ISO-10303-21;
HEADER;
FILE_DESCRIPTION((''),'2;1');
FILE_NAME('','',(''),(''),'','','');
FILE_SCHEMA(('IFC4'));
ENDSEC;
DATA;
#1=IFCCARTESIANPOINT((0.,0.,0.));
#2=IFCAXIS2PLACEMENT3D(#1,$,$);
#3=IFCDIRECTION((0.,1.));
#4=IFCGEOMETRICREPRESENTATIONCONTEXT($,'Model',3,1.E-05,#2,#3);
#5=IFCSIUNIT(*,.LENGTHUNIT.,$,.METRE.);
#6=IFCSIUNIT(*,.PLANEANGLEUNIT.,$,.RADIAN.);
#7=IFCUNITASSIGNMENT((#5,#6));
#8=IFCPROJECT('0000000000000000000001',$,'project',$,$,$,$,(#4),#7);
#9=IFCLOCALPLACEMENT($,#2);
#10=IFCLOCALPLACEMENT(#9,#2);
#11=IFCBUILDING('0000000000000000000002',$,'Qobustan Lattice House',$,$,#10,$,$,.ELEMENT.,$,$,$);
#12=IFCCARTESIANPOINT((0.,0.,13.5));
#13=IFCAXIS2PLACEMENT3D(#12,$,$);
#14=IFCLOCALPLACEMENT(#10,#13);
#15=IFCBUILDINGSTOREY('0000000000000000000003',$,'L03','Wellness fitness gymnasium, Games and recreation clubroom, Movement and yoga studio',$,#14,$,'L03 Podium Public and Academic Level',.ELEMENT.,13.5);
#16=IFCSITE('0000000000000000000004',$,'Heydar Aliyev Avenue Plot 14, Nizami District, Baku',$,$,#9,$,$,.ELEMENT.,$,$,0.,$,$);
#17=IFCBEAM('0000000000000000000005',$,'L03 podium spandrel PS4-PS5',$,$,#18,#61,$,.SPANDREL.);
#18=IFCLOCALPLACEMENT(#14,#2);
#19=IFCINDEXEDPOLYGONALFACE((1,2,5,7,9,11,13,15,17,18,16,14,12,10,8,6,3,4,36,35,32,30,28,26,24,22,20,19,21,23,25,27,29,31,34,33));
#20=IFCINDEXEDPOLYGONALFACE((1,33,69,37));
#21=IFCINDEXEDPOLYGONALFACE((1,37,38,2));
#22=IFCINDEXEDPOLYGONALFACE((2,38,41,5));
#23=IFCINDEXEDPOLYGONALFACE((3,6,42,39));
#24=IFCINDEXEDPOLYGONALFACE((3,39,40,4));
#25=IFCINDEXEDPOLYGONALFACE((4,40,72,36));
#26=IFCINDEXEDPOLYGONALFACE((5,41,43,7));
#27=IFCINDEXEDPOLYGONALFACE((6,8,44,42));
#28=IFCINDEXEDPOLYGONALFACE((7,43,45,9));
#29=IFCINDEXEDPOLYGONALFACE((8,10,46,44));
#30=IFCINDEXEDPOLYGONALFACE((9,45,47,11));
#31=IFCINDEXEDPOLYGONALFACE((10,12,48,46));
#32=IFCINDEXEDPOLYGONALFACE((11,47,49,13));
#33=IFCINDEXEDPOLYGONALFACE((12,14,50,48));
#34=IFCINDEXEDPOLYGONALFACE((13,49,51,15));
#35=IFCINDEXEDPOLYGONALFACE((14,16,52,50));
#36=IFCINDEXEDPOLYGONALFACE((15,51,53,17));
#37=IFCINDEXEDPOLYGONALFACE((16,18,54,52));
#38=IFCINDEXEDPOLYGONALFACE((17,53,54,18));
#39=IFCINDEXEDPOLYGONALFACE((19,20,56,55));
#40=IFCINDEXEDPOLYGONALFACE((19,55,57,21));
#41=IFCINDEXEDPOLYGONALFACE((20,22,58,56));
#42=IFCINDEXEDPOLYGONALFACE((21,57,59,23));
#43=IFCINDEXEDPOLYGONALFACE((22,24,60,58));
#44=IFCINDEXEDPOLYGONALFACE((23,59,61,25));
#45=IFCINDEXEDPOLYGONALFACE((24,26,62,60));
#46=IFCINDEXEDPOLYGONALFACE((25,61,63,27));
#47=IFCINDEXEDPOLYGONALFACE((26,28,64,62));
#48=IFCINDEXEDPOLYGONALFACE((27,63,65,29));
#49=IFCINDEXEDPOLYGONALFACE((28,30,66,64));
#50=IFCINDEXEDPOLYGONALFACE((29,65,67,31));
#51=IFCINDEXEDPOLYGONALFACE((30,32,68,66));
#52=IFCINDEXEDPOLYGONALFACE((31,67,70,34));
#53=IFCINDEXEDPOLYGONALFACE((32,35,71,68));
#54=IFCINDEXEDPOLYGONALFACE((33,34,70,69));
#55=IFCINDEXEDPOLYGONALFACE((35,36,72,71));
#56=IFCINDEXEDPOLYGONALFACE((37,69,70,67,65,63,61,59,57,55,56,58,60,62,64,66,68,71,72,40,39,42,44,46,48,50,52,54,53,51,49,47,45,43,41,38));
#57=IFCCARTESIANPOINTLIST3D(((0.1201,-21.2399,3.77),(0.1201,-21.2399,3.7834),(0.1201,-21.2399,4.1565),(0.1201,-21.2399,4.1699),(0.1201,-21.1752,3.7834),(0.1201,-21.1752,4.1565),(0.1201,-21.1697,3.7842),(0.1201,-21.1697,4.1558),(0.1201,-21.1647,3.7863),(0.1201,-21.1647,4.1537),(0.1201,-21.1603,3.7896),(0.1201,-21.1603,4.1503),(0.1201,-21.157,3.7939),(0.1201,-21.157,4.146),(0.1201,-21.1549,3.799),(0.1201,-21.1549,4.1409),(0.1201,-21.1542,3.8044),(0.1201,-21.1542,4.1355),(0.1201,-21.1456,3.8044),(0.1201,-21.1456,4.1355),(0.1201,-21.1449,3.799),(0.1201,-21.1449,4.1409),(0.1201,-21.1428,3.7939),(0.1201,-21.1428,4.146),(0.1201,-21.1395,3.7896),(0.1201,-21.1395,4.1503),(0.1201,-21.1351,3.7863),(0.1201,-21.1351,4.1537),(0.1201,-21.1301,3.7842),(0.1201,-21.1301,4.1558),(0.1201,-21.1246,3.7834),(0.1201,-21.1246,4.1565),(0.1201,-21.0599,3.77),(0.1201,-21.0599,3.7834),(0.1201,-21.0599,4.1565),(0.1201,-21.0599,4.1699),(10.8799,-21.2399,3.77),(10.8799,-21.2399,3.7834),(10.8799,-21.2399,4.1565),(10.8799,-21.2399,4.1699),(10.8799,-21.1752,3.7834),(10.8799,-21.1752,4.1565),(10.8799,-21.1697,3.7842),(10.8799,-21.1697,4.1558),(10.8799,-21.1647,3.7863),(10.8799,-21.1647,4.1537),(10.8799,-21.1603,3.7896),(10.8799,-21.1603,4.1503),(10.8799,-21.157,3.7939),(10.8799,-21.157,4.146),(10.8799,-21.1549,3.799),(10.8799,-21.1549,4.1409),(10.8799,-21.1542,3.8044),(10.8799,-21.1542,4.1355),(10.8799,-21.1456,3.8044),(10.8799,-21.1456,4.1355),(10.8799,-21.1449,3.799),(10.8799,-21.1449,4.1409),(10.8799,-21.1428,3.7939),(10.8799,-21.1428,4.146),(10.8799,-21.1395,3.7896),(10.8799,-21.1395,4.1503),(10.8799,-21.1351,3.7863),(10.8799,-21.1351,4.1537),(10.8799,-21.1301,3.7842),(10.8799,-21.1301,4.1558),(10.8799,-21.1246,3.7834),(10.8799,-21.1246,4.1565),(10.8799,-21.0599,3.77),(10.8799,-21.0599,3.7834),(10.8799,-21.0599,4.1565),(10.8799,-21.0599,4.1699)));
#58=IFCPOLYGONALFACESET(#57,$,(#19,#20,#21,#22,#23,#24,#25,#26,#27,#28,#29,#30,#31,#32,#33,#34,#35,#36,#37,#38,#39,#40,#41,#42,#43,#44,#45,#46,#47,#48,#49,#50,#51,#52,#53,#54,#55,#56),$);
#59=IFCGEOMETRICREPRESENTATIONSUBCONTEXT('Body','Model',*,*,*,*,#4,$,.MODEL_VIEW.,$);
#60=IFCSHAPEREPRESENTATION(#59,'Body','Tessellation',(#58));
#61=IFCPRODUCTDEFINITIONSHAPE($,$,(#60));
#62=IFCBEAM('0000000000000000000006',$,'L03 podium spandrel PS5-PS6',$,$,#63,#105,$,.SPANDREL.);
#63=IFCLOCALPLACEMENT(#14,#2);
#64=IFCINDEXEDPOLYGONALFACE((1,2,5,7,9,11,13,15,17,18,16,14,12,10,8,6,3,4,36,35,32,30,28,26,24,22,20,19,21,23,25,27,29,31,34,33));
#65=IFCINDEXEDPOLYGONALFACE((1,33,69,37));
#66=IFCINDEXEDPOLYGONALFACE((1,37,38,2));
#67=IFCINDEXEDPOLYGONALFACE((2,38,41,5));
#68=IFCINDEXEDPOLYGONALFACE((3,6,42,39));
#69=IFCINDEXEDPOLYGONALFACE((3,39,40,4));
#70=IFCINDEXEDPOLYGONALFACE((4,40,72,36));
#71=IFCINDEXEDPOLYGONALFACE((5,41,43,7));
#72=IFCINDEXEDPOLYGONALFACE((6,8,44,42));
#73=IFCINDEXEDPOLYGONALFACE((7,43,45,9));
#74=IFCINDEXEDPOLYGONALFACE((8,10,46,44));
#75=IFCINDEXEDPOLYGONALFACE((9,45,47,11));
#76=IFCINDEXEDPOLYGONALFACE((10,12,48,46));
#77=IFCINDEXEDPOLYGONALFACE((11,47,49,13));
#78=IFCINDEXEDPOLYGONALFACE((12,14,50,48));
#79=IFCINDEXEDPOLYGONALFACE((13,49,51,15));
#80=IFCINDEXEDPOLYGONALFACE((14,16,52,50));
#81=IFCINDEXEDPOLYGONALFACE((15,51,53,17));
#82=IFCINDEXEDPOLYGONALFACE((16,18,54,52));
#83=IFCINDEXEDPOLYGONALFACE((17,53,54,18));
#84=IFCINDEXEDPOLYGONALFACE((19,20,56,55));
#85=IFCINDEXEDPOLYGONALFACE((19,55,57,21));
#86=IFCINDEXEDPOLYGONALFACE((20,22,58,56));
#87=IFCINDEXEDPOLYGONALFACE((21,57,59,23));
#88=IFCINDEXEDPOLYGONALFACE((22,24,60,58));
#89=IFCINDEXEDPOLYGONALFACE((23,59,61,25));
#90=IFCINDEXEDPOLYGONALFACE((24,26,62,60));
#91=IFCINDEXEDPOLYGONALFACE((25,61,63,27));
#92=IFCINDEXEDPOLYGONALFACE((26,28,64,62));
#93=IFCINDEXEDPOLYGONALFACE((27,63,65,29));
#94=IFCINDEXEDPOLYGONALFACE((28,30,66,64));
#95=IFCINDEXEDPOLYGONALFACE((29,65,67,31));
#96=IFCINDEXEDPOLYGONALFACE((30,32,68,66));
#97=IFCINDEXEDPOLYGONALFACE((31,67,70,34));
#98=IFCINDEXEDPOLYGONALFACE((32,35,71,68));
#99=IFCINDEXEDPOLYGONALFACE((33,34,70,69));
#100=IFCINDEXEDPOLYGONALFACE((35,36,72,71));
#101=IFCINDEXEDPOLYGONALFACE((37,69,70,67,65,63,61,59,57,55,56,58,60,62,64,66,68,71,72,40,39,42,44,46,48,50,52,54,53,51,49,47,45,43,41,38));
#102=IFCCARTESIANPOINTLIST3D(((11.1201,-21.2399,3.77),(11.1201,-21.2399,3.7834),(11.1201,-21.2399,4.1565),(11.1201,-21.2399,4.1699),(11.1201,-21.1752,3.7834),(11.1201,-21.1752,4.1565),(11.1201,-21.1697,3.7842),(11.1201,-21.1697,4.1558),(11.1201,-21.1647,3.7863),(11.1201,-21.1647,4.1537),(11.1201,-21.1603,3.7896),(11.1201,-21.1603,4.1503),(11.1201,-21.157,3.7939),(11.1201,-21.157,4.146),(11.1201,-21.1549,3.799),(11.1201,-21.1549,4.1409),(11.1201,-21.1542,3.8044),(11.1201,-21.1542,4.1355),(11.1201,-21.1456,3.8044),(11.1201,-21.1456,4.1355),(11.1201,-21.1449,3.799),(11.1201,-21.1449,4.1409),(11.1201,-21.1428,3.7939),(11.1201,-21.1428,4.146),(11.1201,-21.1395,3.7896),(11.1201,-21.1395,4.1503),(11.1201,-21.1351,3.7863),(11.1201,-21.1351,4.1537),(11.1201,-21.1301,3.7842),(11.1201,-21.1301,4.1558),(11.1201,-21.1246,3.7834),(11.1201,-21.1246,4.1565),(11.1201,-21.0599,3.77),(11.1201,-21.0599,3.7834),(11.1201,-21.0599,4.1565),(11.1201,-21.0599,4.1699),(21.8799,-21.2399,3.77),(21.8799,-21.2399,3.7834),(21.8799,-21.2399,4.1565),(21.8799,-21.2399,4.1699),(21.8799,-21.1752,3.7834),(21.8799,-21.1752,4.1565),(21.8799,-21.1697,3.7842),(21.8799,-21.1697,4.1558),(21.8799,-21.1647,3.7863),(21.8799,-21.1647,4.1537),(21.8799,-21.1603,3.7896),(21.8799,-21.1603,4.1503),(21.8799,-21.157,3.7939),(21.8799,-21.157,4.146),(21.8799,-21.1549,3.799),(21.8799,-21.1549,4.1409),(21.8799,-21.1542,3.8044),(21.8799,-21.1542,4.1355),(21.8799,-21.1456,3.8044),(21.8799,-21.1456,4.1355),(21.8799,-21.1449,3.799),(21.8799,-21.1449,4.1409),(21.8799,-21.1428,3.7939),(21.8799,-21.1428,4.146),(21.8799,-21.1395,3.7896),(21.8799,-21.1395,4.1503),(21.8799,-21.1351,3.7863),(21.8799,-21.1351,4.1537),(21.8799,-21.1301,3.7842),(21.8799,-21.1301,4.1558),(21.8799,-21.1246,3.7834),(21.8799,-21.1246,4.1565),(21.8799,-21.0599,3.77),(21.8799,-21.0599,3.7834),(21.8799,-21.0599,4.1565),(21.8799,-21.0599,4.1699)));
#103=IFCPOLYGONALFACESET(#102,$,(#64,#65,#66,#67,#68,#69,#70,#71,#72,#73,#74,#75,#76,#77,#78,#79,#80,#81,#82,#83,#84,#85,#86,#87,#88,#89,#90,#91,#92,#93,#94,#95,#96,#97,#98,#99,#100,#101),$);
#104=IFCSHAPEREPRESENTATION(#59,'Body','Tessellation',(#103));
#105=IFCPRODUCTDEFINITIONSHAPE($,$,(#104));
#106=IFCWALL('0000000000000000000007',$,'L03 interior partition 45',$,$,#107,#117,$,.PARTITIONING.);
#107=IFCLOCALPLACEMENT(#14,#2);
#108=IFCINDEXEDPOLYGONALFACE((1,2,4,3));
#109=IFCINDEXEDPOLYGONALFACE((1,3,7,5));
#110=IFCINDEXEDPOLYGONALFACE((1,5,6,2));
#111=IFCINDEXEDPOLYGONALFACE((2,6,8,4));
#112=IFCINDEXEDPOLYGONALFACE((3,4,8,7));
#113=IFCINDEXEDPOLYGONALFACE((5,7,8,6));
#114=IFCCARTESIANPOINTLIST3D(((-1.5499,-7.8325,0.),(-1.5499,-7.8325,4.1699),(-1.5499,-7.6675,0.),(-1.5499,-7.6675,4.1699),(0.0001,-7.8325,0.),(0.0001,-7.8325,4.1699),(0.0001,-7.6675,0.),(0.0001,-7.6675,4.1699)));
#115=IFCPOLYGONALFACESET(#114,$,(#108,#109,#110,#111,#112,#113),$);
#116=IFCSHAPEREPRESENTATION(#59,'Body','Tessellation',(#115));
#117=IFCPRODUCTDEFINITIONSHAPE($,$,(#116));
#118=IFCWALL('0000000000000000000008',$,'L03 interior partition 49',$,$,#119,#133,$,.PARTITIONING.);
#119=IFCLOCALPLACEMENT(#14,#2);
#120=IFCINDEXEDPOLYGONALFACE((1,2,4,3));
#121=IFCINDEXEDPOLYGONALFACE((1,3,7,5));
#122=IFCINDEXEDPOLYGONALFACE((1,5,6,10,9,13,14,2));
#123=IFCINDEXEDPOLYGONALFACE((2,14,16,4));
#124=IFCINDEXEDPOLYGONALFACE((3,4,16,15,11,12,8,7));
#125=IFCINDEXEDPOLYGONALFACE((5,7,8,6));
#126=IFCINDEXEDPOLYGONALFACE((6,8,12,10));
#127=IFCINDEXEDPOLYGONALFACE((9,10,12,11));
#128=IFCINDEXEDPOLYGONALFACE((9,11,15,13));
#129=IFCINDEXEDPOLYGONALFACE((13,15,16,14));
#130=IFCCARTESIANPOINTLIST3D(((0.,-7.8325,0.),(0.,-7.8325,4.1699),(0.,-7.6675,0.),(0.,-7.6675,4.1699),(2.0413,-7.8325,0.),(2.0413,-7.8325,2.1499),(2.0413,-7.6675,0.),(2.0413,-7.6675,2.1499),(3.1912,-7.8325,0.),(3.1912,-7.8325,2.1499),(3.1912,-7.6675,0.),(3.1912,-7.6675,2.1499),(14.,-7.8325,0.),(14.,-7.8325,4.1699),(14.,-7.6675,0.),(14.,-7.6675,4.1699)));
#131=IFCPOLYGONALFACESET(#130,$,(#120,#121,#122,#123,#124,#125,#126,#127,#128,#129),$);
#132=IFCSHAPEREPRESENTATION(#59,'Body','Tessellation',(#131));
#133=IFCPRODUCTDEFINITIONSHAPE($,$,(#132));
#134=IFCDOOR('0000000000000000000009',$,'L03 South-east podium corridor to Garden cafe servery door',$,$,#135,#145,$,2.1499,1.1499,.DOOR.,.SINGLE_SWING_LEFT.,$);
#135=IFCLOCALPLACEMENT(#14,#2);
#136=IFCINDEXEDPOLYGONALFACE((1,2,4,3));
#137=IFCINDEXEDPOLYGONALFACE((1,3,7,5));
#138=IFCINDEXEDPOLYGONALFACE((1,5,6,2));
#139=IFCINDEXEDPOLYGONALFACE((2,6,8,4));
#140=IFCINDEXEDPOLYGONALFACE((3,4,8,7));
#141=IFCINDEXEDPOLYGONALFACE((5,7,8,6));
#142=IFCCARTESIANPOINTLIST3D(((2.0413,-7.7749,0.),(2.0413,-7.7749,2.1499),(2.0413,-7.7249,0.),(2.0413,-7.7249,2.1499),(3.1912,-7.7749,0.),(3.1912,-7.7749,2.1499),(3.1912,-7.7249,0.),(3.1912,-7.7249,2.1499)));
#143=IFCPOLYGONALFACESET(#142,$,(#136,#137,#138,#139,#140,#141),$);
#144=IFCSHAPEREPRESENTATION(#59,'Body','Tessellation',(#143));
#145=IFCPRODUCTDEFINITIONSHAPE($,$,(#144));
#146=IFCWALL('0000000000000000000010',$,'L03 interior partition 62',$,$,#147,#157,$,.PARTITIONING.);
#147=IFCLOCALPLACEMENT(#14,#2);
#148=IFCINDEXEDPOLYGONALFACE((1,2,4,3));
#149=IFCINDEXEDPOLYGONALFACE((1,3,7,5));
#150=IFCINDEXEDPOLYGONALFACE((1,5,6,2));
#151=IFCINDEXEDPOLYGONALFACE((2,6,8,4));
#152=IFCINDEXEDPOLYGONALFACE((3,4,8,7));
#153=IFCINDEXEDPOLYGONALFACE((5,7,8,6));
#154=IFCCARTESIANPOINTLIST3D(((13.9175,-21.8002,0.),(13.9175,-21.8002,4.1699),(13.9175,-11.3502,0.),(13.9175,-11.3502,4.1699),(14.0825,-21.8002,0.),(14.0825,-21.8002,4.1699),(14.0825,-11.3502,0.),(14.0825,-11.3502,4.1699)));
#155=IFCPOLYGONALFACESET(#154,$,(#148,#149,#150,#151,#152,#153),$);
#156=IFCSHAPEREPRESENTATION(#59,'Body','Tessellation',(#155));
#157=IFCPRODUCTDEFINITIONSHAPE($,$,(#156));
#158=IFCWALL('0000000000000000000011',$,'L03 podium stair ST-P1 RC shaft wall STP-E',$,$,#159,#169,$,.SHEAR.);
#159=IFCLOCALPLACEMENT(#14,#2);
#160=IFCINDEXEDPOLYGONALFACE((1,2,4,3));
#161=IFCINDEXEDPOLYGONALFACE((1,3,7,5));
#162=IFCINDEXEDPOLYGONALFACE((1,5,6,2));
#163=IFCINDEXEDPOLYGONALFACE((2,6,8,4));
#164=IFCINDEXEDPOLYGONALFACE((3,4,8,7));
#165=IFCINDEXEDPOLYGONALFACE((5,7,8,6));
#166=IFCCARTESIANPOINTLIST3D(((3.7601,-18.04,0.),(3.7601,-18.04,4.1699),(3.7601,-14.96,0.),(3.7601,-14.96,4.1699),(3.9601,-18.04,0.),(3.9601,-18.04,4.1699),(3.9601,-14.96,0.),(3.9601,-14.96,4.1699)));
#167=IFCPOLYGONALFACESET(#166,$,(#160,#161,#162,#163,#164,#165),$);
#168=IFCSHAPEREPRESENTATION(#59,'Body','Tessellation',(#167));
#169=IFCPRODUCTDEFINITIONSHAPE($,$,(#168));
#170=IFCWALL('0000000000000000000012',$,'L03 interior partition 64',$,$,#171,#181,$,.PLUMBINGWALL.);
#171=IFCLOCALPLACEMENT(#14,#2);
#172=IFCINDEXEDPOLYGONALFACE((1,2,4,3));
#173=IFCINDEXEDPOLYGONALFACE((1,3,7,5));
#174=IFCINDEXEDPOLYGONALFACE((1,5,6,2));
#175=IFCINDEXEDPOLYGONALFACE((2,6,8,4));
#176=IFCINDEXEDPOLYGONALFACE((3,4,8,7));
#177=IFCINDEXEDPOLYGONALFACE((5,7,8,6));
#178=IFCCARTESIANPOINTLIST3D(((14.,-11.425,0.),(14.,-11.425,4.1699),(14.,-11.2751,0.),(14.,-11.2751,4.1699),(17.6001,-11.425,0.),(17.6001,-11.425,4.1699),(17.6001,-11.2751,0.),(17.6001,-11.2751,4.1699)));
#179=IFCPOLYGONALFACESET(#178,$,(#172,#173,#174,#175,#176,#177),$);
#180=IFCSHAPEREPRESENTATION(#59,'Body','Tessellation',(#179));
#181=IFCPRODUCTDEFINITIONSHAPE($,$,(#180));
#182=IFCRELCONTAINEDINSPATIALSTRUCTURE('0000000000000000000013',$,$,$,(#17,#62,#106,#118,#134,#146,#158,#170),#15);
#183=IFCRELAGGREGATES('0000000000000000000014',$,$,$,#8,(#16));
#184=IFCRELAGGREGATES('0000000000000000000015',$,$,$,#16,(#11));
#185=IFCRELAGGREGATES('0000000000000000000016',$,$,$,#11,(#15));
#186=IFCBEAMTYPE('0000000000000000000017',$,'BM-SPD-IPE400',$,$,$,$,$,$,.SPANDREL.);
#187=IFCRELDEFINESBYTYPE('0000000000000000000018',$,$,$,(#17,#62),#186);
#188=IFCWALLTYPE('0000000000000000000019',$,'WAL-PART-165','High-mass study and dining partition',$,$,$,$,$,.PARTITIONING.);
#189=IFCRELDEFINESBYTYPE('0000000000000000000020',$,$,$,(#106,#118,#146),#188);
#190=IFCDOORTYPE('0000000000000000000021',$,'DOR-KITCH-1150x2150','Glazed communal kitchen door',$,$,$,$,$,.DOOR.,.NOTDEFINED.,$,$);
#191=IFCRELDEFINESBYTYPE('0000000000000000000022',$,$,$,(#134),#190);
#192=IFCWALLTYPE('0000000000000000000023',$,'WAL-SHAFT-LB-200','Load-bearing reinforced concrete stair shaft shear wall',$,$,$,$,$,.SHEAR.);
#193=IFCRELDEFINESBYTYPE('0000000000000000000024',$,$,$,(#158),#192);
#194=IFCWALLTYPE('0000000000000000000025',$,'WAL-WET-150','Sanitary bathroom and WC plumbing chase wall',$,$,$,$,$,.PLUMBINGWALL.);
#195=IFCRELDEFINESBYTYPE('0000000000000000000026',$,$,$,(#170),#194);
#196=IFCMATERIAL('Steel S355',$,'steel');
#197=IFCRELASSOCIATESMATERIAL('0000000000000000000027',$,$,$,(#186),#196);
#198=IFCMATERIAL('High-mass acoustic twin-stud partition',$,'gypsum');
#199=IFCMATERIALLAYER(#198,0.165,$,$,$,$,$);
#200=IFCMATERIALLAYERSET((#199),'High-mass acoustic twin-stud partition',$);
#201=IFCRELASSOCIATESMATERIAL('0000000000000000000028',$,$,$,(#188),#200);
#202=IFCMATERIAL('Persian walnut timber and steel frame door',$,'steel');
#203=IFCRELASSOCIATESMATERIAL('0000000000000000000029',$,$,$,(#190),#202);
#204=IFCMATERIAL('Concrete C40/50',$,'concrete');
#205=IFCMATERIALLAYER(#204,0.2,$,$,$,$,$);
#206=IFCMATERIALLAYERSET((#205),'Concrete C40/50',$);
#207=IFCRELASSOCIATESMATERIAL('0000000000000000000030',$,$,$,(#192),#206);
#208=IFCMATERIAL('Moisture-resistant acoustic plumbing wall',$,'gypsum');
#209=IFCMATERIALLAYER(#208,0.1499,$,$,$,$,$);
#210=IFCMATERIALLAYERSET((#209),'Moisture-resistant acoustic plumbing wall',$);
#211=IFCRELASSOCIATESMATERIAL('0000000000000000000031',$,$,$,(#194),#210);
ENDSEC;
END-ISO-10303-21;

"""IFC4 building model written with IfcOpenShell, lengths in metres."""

from ifc_helpers import new_model, si_unit, direction, frame, frame_2d, origin, origin_2d, place, context, subcontext, project, spatial, rectangle, i_section, extrude, material, layer, layer_set, material_profile, profile_set, type_object, element, fill, save


model = new_model("IFC4")

# Units and contexts
model_context = context("Model", 3, precision=1e-05, world=origin(), true_north=direction((0.0, 1.0)))
body_context = subcontext(model_context, "Body", "Model", "MODEL_VIEW")
ifc_project = project(units=[si_unit("LENGTHUNIT", "METRE"), si_unit("PLANEANGLEUNIT", "RADIAN")], contexts=[model_context])

# Site, building, storey
site_placement = place(None, origin())
site = spatial("IfcSite", under=ifc_project, at=site_placement, Name="Heydar Aliyev Avenue Plot 14, Nizami District, Baku", CompositionType="ELEMENT", RefElevation=0.0)
building_placement = place(site_placement, origin())
building = spatial("IfcBuilding", under=site, at=building_placement, Name="Qobustan Lattice House", CompositionType="ELEMENT")
storey_placement = place(building_placement, frame((0.0, 0.0, 13.5)))
storey = spatial("IfcBuildingStorey", under=building, at=storey_placement, Name="L03", Description="Wellness fitness gymnasium, Games and recreation clubroom, Movement and yoga studio", LongName="L03 Podium Public and Academic Level", CompositionType="ELEMENT", Elevation=13.5)

# Beams
ifc_material_1 = material(Name="Steel S355", Category="steel")
ifc_material_profile_1 = material_profile(ifc_material_1, i_section(OverallWidth=0.1799, OverallDepth=0.3999, WebThickness=0.0085, FlangeThickness=0.0134, FilletRadius=0.021, at=origin_2d()), Name="IPE400")
ifc_profile_set_1 = profile_set([ifc_material_profile_1], Name="Steel S355")
beam_type_1 = type_object("IfcBeamType", Name="BM-SPD-IPE400", PredefinedType="SPANDREL", material=ifc_profile_set_1)
for number, where, z_axis, x_axis, name in (
    (1, (0.1201, -21.1499, 3.97), (1.0, 0.0, 0.0), (0.0, 1.0, 0.0), "L03 podium spandrel PS4-PS5"),
    (2, (11.1201, -21.1499, 3.97), (1.0, 0.0, 0.0), (0.0, 1.0, 0.0), "L03 podium spandrel PS5-PS6"),
):
    element("IfcBeam", number, at=place(storey_placement, frame(where, z_axis=z_axis, x_axis=x_axis)), inside=storey, type_object=beam_type_1, Name=name, PredefinedType="SPANDREL", context=body_context, shape_type="SweptSolid", body=[
        extrude(i_section(OverallWidth=0.1799, OverallDepth=0.3999, WebThickness=0.0085, FlangeThickness=0.0134, FilletRadius=0.021, at=origin_2d()), origin(), (0.0, 0.0, 1.0), 10.7598),
    ])

# Wall
ifc_material_2 = material(Name="High-mass acoustic twin-stud partition", Category="gypsum")
ifc_layer_1 = layer(ifc_material_2, 0.165)
ifc_layer_set_1 = layer_set([ifc_layer_1], Name="High-mass acoustic twin-stud partition")
wall_type_1 = type_object("IfcWallType", Name="WAL-PART-165", Description="High-mass study and dining partition", PredefinedType="PARTITIONING", material=ifc_layer_set_1)
wall_1_placement = place(storey_placement, frame((0.0, -7.75, 0.0), z_axis=(0.0, 0.0, 1.0), x_axis=(-1.0, 0.0, 0.0)))
element("IfcWall", 3, at=wall_1_placement, inside=storey, type_object=wall_type_1, Name="L03 interior partition 45", PredefinedType="PARTITIONING", context=body_context, shape_type="SweptSolid", body=[
    extrude(rectangle(XDim=1.55, YDim=0.165, at=frame_2d((0.7749, 0.0))), origin(), (0.0, 0.0, 1.0), 4.1699),
])

# Wall, opening, door
wall_2_placement = place(storey_placement, frame((14.0, -7.75, 0.0), z_axis=(0.0, 0.0, 1.0), x_axis=(-1.0, 0.0, 0.0)))
wall_2 = element("IfcWall", 4, at=wall_2_placement, inside=storey, type_object=wall_type_1, Name="L03 interior partition 49", PredefinedType="PARTITIONING", context=body_context, shape_type="SweptSolid", body=[
    extrude(rectangle(XDim=14.0, YDim=0.165, at=frame_2d((7.0, 0.0))), origin(), (0.0, 0.0, 1.0), 4.1699),
])
opening_placement = place(wall_2_placement, frame((10.8088, 0.0, 0.0)))
opening = element("IfcOpeningElement", 5, at=opening_placement, cuts=wall_2, PredefinedType="OPENING", context=body_context, shape_type="SweptSolid", body=[
    extrude(rectangle(XDim=1.1499, YDim=2.1499, at=frame_2d((0.575, 1.075))), frame((0.0, 0.0925, 0.0), z_axis=(0.0, -1.0, 0.0), x_axis=(1.0, 0.0, 0.0)), (0.0, 0.0, 1.0), 0.1851),
])
ifc_material_3 = material(Name="Persian walnut timber and steel frame door", Category="steel")
door_type = type_object("IfcDoorType", Name="DOR-KITCH-1150x2150", Description="Glazed communal kitchen door", OperationType="NOTDEFINED", PredefinedType="DOOR", material=ifc_material_3)
door_placement = place(opening_placement, origin())
door = element("IfcDoor", 6, at=door_placement, inside=storey, type_object=door_type, Name="L03 South-east podium corridor to Garden cafe servery door", OperationType="SINGLE_SWING_LEFT", OverallHeight=2.1499, OverallWidth=1.1499, PredefinedType="DOOR", context=body_context, shape_type="SweptSolid", body=[
    extrude(rectangle(XDim=1.1499, YDim=2.1499, at=frame_2d((0.575, 1.075))), frame((0.0, 0.0249, 0.0), z_axis=(0.0, -1.0, 0.0), x_axis=(1.0, 0.0, 0.0)), (0.0, 0.0, 1.0), 0.05),
])
fill(opening, door)

# Walls
wall_3_placement = place(storey_placement, frame((14.0, -11.3501, 0.0), z_axis=(0.0, 0.0, 1.0), x_axis=(0.0, -1.0, 0.0)))
element("IfcWall", 7, at=wall_3_placement, inside=storey, type_object=wall_type_1, Name="L03 interior partition 62", PredefinedType="PARTITIONING", context=body_context, shape_type="SweptSolid", body=[
    extrude(rectangle(XDim=10.45, YDim=0.165, at=frame_2d((5.2251, 0.0))), origin(), (0.0, 0.0, 1.0), 4.1699),
])
ifc_material_4 = material(Name="Concrete C40/50", Category="concrete")
ifc_layer_2 = layer(ifc_material_4, 0.2)
ifc_layer_set_2 = layer_set([ifc_layer_2], Name="Concrete C40/50")
wall_type_2 = type_object("IfcWallType", Name="WAL-SHAFT-LB-200", Description="Load-bearing reinforced concrete stair shaft shear wall", PredefinedType="SHEAR", material=ifc_layer_set_2)
wall_4_placement = place(storey_placement, frame((3.8601, -18.04, 0.0), z_axis=(0.0, 0.0, 1.0), x_axis=(0.0, 1.0, 0.0)))
element("IfcWall", 8, at=wall_4_placement, inside=storey, type_object=wall_type_2, Name="L03 podium stair ST-P1 RC shaft wall STP-E", PredefinedType="SHEAR", context=body_context, shape_type="SweptSolid", body=[
    extrude(rectangle(XDim=3.0801, YDim=0.2, at=frame_2d((1.54, 0.0))), origin(), (0.0, 0.0, 1.0), 4.1699),
])
ifc_material_5 = material(Name="Moisture-resistant acoustic plumbing wall", Category="gypsum")
ifc_layer_3 = layer(ifc_material_5, 0.1499)
ifc_layer_set_3 = layer_set([ifc_layer_3], Name="Moisture-resistant acoustic plumbing wall")
wall_type_3 = type_object("IfcWallType", Name="WAL-WET-150", Description="Sanitary bathroom and WC plumbing chase wall", PredefinedType="PLUMBINGWALL", material=ifc_layer_set_3)
wall_5_placement = place(storey_placement, frame((17.6001, -11.3501, 0.0), z_axis=(0.0, 0.0, 1.0), x_axis=(-1.0, 0.0, 0.0)))
element("IfcWall", 9, at=wall_5_placement, inside=storey, type_object=wall_type_3, Name="L03 interior partition 64", PredefinedType="PLUMBINGWALL", context=body_context, shape_type="SweptSolid", body=[
    extrude(rectangle(XDim=3.6001, YDim=0.1499, at=frame_2d((1.8, 0.0))), origin(), (0.0, 0.0, 1.0), 4.1699),
])

save(model, "model.ifc")
